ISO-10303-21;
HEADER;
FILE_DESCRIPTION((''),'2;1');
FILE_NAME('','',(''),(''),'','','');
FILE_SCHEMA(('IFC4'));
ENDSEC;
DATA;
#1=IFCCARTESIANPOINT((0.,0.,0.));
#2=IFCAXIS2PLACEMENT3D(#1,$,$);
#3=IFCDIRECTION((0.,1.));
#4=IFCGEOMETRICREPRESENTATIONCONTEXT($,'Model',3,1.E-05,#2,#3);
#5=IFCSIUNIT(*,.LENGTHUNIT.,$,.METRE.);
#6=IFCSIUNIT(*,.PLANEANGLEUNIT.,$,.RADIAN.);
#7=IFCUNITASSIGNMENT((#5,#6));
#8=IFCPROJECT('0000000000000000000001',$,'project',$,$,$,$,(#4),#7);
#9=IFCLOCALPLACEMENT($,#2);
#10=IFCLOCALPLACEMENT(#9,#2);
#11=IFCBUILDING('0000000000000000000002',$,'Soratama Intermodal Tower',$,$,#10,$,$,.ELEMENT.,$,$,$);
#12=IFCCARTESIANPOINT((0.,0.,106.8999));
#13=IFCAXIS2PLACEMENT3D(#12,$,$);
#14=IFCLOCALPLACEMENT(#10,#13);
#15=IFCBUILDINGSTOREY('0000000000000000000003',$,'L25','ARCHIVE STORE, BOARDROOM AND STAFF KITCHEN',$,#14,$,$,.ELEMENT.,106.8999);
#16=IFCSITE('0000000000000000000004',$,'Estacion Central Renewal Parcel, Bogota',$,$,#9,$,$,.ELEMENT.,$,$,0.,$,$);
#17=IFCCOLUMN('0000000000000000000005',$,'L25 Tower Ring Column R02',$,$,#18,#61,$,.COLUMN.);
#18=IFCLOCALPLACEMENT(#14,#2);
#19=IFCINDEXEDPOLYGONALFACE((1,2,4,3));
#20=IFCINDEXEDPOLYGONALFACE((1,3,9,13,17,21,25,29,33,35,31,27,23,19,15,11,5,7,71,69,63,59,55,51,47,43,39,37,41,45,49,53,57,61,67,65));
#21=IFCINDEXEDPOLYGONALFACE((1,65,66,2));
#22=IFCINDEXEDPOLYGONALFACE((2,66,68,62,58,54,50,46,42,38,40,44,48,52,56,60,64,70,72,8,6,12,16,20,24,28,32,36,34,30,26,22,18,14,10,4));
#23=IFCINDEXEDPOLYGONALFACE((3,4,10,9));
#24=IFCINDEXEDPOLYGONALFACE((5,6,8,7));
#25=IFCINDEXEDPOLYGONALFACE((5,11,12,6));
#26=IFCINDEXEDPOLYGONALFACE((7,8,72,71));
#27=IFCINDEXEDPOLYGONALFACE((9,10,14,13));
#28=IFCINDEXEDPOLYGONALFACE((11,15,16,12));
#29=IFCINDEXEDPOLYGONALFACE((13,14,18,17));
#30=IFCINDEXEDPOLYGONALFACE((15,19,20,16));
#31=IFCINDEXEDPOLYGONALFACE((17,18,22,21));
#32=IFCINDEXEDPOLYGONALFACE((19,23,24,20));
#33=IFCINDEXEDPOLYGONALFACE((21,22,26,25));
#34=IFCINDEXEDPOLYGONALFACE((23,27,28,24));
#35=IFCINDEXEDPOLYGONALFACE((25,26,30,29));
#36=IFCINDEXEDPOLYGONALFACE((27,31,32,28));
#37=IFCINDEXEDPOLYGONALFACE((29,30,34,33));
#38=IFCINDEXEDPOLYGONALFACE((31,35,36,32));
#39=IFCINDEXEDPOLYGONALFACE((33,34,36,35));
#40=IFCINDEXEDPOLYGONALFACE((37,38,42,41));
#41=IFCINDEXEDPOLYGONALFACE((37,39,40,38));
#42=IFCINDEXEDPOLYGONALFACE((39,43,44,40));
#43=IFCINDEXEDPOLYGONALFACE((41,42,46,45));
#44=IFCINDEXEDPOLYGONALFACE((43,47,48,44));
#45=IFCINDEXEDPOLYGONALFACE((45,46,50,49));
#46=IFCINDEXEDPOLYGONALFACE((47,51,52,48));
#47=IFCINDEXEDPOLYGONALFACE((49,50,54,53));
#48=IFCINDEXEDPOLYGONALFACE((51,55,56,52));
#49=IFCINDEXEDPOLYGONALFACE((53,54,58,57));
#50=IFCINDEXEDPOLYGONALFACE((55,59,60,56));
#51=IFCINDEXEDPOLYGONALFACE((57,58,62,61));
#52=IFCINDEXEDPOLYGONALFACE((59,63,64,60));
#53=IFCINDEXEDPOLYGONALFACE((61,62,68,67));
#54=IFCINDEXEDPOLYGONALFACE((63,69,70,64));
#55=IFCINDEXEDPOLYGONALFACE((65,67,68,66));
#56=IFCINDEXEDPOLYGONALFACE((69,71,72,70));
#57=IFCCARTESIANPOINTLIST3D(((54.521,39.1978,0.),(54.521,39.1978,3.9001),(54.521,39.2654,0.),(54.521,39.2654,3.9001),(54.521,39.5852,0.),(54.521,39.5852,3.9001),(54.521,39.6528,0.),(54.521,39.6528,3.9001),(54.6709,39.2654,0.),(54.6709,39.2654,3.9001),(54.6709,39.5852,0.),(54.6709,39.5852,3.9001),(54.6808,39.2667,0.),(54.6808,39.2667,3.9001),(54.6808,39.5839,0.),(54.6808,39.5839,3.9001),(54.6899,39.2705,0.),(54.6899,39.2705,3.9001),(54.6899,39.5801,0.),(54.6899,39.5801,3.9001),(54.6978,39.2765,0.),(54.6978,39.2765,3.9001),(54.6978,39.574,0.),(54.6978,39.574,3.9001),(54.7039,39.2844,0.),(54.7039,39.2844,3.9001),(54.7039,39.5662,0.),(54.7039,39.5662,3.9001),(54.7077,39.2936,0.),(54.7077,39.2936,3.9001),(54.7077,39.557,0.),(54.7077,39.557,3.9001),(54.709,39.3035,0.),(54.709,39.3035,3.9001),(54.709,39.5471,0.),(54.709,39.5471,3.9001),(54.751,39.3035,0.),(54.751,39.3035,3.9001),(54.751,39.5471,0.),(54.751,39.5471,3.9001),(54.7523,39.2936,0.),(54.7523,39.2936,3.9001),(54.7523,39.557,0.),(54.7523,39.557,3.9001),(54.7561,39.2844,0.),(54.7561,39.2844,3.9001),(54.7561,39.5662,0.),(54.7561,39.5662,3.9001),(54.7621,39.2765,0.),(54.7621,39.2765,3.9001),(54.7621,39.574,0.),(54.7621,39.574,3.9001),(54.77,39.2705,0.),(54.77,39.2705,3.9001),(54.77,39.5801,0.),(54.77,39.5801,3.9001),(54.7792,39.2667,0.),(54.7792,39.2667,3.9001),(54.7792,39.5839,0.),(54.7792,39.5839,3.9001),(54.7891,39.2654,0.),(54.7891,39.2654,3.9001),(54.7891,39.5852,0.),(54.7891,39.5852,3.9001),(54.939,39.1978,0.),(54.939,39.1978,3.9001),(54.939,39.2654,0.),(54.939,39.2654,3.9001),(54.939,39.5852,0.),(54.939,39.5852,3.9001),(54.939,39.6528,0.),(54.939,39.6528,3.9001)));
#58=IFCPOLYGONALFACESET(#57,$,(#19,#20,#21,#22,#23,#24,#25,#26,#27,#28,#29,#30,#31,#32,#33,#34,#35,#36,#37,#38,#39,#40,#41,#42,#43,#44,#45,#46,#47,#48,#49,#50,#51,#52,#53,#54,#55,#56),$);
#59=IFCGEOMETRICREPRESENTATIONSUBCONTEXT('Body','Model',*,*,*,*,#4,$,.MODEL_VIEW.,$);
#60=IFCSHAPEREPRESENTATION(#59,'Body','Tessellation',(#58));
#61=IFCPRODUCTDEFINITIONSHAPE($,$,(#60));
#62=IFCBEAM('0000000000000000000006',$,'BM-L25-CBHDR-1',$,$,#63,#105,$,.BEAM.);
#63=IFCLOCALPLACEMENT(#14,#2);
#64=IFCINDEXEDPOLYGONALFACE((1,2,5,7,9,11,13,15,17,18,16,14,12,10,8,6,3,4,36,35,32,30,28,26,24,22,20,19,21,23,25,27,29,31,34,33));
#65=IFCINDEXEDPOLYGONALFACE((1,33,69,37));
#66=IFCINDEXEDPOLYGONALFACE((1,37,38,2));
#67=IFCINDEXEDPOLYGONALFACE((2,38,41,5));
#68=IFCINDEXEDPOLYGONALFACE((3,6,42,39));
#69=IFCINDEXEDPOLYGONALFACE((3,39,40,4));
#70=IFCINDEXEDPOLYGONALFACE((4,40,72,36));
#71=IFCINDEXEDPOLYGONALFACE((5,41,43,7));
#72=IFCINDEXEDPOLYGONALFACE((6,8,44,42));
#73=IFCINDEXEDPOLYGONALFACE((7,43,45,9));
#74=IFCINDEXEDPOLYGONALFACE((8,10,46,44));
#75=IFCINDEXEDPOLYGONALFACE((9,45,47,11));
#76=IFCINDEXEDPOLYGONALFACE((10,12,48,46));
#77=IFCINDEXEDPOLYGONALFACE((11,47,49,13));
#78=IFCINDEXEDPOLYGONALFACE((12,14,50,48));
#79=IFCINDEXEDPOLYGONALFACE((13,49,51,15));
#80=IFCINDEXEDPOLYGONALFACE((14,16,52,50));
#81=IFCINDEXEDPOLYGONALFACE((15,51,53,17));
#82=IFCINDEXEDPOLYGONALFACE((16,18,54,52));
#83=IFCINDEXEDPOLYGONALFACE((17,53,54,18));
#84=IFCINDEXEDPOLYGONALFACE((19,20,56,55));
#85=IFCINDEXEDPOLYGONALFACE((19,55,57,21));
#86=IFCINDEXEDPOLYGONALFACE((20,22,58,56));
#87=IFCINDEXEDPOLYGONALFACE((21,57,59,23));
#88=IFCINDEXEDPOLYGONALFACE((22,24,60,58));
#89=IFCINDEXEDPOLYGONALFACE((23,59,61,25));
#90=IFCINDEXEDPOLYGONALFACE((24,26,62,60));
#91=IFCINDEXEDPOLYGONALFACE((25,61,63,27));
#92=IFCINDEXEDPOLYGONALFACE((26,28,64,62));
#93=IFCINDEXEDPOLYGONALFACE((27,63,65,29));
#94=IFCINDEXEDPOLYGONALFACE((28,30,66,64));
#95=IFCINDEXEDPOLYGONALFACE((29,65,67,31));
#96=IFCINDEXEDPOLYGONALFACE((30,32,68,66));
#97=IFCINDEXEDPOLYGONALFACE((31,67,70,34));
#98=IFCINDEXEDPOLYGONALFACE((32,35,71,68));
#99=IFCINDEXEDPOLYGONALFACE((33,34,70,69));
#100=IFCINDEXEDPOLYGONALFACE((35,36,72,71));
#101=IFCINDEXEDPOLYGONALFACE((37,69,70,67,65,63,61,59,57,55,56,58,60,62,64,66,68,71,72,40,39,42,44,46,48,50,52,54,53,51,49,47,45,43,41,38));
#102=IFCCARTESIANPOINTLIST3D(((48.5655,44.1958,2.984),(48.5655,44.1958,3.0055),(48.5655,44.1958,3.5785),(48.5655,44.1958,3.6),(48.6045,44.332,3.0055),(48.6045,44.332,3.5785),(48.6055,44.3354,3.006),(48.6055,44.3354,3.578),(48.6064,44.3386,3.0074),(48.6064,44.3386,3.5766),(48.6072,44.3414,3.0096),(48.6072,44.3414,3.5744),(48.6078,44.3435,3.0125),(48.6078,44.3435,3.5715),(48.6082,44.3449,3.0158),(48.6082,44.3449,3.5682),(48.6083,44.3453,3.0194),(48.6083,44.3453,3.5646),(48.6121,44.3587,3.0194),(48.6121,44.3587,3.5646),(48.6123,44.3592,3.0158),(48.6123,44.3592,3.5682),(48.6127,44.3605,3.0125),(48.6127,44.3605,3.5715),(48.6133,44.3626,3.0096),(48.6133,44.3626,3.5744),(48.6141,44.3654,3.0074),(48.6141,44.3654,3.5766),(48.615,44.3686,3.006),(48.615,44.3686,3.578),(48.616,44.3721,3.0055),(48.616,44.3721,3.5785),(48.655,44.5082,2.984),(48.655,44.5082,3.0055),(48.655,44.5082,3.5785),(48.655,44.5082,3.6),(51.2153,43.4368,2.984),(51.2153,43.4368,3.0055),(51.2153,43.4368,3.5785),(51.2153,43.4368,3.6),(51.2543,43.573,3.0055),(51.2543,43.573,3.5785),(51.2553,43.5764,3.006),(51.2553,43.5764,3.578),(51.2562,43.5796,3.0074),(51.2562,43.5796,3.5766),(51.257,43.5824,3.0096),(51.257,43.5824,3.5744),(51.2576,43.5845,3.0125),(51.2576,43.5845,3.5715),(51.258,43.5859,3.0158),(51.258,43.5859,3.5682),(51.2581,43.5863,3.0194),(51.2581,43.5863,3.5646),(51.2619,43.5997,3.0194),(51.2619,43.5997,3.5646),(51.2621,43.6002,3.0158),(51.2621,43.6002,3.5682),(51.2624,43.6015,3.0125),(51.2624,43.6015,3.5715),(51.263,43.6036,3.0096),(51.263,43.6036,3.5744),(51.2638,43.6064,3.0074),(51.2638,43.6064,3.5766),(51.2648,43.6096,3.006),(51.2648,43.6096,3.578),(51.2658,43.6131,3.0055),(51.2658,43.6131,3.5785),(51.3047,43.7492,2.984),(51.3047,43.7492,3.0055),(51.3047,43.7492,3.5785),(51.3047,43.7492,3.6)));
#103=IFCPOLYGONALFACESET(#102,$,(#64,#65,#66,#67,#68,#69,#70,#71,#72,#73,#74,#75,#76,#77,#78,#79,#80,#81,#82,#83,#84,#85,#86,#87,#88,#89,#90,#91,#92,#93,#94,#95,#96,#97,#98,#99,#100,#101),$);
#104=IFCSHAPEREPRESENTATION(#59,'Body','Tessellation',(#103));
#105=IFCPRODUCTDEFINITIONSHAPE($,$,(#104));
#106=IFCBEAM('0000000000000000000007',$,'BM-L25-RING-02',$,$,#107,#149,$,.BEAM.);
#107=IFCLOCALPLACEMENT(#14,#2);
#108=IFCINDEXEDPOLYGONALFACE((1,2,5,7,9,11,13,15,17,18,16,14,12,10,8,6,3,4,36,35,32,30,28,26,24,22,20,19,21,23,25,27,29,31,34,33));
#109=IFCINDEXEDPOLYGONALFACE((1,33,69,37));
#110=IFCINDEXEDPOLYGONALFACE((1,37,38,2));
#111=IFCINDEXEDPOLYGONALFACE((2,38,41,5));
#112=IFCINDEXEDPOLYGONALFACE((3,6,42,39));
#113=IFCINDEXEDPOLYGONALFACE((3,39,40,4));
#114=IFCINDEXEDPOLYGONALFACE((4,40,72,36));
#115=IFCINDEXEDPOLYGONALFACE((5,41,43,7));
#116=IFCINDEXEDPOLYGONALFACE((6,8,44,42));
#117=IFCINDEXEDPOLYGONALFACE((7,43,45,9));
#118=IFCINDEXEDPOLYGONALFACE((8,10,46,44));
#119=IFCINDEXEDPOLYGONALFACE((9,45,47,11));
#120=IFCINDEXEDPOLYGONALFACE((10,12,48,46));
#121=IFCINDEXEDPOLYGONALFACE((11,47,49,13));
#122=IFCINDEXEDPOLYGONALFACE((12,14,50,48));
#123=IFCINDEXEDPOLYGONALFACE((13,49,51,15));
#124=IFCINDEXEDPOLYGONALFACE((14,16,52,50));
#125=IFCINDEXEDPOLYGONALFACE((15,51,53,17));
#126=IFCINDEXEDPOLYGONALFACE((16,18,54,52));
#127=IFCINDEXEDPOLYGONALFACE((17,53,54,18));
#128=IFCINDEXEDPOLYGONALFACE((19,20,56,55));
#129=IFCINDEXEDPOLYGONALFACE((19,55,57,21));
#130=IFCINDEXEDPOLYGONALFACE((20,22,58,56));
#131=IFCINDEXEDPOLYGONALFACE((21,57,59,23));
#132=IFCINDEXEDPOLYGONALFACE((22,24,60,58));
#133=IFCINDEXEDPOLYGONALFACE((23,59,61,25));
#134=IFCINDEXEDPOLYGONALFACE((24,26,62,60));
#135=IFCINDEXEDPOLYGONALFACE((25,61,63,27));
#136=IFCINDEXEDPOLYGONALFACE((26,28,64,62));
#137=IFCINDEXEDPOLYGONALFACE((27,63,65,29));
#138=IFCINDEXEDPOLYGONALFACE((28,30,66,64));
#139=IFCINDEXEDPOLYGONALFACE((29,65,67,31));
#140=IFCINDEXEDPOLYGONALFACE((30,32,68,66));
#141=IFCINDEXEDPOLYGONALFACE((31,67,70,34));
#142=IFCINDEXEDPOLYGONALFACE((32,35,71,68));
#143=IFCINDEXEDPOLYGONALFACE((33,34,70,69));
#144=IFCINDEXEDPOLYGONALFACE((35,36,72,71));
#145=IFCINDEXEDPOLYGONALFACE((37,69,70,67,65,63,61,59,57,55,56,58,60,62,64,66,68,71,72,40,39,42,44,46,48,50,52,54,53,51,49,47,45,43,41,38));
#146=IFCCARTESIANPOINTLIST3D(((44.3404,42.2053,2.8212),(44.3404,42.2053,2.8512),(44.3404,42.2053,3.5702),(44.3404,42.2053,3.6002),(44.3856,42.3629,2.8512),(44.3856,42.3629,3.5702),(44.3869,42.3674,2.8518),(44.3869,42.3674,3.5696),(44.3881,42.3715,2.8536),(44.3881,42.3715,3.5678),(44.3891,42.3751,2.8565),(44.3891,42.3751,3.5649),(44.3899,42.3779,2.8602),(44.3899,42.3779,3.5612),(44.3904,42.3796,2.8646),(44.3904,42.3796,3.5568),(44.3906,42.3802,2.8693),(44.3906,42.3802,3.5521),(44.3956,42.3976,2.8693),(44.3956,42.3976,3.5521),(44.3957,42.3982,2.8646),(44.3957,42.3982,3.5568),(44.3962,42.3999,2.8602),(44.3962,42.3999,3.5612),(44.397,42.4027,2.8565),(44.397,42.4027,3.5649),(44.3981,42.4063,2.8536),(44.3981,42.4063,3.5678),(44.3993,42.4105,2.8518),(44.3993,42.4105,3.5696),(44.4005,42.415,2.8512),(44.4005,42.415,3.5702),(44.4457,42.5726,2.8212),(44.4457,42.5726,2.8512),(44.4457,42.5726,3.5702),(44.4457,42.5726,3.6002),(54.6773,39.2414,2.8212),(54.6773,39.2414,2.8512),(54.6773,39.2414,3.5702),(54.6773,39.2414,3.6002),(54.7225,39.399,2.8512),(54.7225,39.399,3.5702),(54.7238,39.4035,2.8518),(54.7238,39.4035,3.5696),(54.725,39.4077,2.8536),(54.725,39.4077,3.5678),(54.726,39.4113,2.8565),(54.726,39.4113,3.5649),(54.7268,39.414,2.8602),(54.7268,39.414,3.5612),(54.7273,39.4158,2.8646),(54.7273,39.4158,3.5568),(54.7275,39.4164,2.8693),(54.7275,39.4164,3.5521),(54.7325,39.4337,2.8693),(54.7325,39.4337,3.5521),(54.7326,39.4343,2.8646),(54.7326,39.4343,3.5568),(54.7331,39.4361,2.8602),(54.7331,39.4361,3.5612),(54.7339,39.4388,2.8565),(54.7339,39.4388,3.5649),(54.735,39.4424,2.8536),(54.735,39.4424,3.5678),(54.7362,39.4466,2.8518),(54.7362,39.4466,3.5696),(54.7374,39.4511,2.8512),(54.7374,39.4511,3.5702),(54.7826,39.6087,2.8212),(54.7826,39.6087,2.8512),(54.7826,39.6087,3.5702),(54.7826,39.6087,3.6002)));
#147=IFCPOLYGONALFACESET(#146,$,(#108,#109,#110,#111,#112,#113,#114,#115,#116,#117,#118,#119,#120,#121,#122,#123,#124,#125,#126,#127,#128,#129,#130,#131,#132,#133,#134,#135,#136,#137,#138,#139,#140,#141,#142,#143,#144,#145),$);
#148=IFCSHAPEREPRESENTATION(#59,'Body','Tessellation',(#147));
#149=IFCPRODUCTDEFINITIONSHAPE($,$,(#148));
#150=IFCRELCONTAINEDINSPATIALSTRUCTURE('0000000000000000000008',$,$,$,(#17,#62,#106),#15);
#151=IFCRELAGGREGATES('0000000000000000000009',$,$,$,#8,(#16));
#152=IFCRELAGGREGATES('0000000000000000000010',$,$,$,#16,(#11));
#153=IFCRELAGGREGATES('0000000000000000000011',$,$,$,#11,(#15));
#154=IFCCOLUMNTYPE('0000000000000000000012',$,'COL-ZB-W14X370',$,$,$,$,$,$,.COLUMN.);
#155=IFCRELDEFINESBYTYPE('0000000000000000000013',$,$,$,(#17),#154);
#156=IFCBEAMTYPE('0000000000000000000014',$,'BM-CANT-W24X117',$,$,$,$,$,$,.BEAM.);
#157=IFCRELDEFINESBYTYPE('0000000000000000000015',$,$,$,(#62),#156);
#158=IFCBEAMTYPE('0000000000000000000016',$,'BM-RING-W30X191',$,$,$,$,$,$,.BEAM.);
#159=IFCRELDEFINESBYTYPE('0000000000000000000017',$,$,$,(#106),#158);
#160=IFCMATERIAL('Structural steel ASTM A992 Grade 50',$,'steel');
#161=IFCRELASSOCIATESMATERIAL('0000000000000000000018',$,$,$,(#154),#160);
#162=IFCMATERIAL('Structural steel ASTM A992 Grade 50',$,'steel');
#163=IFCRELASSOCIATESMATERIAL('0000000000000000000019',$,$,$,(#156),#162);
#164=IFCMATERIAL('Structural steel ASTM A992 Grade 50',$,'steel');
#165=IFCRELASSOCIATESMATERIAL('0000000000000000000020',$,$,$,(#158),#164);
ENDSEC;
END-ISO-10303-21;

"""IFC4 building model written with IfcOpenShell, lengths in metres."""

from ifc_helpers import new_model, si_unit, direction, frame, origin, origin_2d, place, context, subcontext, project, spatial, i_section, extrude, material, material_profile, profile_set, type_object, element, save


model = new_model("IFC4")

# Units and contexts
model_context = context("Model", 3, precision=1e-05, world=origin(), true_north=direction((0.0, 1.0)))
body_context = subcontext(model_context, "Body", "Model", "MODEL_VIEW")
ifc_project = project(units=[si_unit("LENGTHUNIT", "METRE"), si_unit("PLANEANGLEUNIT", "RADIAN")], contexts=[model_context])

# Site, building, storey
site_placement = place(None, origin())
site = spatial("IfcSite", under=ifc_project, at=site_placement, Name="Estacion Central Renewal Parcel, Bogota", CompositionType="ELEMENT", RefElevation=0.0)
building_placement = place(site_placement, origin())
building = spatial("IfcBuilding", under=site, at=building_placement, Name="Soratama Intermodal Tower", CompositionType="ELEMENT")
storey_placement = place(building_placement, frame((0.0, 0.0, 106.8999)))
storey = spatial("IfcBuildingStorey", under=building, at=storey_placement, Name="L25", Description="ARCHIVE STORE, BOARDROOM AND STAFF KITCHEN", CompositionType="ELEMENT", Elevation=106.8999)

# Column
ifc_material_1 = material(Name="Structural steel ASTM A992 Grade 50", Category="steel")
ifc_material_profile_1 = material_profile(ifc_material_1, i_section(OverallWidth=0.418, OverallDepth=0.4551, WebThickness=0.042, FlangeThickness=0.0676, FilletRadius=0.0381, at=origin_2d()), Name="W14X370")
ifc_profile_set_1 = profile_set([ifc_material_profile_1], Name="Structural steel ASTM A992 Grade 50")
column_type = type_object("IfcColumnType", Name="COL-ZB-W14X370", PredefinedType="COLUMN", material=ifc_profile_set_1)
column_placement = place(storey_placement, frame((54.73, 39.4253, 0.0), z_axis=(0.0, 0.0, 1.0), x_axis=(1.0, 0.0, 0.0)))
element("IfcColumn", 1, at=column_placement, inside=storey, type_object=column_type, Name="L25 Tower Ring Column R02", PredefinedType="COLUMN", context=body_context, shape_type="SweptSolid", body=[
    extrude(i_section(OverallWidth=0.418, OverallDepth=0.4551, WebThickness=0.042, FlangeThickness=0.0676, FilletRadius=0.0381, at=origin_2d()), origin(), (0.0, 0.0, 1.0), 3.9001),
])

# Beams
ifc_material_2 = material(Name="Structural steel ASTM A992 Grade 50", Category="steel")
ifc_material_profile_2 = material_profile(ifc_material_2, i_section(OverallWidth=0.325, OverallDepth=0.616, WebThickness=0.0139, FlangeThickness=0.0215, FilletRadius=0.0139, at=origin_2d()), Name="W24X117")
ifc_profile_set_2 = profile_set([ifc_material_profile_2], Name="Structural steel ASTM A992 Grade 50")
beam_type_1 = type_object("IfcBeamType", Name="BM-CANT-W24X117", PredefinedType="BEAM", material=ifc_profile_set_2)
beam_1_placement = place(storey_placement, frame((51.26, 43.593, 3.292), z_axis=(-0.96134, 0.275364, 0.0), x_axis=(-0.275364, -0.96134, 0.0)))
element("IfcBeam", 2, at=beam_1_placement, inside=storey, type_object=beam_type_1, Name="BM-L25-CBHDR-1", PredefinedType="BEAM", context=body_context, shape_type="SweptSolid", body=[
    extrude(i_section(OverallWidth=0.325, OverallDepth=0.616, WebThickness=0.0139, FlangeThickness=0.0215, FilletRadius=0.0139, at=origin_2d()), origin(), (0.0, 0.0, 1.0), 2.7563),
])
ifc_material_3 = material(Name="Structural steel ASTM A992 Grade 50", Category="steel")
ifc_material_profile_3 = material_profile(ifc_material_3, i_section(OverallWidth=0.3821, OverallDepth=0.7791, WebThickness=0.0181, FlangeThickness=0.03, FilletRadius=0.0181, at=origin_2d()), Name="W30X191")
ifc_profile_set_3 = profile_set([ifc_material_profile_3], Name="Structural steel ASTM A992 Grade 50")
beam_type_2 = type_object("IfcBeamType", Name="BM-RING-W30X191", PredefinedType="BEAM", material=ifc_profile_set_3)
beam_2_placement = place(storey_placement, frame((54.73, 39.425, 3.2107), z_axis=(-0.961267, 0.275621, 0.0), x_axis=(-0.275621, -0.961267, 0.0)))
element("IfcBeam", 3, at=beam_2_placement, inside=storey, type_object=beam_type_2, Name="BM-L25-RING-02", PredefinedType="BEAM", context=body_context, shape_type="SweptSolid", body=[
    extrude(i_section(OverallWidth=0.3821, OverallDepth=0.7791, WebThickness=0.0181, FlangeThickness=0.03, FilletRadius=0.0181, at=origin_2d()), origin(), (0.0, 0.0, 1.0), 10.7534),
])

save(model, "model.ifc")
